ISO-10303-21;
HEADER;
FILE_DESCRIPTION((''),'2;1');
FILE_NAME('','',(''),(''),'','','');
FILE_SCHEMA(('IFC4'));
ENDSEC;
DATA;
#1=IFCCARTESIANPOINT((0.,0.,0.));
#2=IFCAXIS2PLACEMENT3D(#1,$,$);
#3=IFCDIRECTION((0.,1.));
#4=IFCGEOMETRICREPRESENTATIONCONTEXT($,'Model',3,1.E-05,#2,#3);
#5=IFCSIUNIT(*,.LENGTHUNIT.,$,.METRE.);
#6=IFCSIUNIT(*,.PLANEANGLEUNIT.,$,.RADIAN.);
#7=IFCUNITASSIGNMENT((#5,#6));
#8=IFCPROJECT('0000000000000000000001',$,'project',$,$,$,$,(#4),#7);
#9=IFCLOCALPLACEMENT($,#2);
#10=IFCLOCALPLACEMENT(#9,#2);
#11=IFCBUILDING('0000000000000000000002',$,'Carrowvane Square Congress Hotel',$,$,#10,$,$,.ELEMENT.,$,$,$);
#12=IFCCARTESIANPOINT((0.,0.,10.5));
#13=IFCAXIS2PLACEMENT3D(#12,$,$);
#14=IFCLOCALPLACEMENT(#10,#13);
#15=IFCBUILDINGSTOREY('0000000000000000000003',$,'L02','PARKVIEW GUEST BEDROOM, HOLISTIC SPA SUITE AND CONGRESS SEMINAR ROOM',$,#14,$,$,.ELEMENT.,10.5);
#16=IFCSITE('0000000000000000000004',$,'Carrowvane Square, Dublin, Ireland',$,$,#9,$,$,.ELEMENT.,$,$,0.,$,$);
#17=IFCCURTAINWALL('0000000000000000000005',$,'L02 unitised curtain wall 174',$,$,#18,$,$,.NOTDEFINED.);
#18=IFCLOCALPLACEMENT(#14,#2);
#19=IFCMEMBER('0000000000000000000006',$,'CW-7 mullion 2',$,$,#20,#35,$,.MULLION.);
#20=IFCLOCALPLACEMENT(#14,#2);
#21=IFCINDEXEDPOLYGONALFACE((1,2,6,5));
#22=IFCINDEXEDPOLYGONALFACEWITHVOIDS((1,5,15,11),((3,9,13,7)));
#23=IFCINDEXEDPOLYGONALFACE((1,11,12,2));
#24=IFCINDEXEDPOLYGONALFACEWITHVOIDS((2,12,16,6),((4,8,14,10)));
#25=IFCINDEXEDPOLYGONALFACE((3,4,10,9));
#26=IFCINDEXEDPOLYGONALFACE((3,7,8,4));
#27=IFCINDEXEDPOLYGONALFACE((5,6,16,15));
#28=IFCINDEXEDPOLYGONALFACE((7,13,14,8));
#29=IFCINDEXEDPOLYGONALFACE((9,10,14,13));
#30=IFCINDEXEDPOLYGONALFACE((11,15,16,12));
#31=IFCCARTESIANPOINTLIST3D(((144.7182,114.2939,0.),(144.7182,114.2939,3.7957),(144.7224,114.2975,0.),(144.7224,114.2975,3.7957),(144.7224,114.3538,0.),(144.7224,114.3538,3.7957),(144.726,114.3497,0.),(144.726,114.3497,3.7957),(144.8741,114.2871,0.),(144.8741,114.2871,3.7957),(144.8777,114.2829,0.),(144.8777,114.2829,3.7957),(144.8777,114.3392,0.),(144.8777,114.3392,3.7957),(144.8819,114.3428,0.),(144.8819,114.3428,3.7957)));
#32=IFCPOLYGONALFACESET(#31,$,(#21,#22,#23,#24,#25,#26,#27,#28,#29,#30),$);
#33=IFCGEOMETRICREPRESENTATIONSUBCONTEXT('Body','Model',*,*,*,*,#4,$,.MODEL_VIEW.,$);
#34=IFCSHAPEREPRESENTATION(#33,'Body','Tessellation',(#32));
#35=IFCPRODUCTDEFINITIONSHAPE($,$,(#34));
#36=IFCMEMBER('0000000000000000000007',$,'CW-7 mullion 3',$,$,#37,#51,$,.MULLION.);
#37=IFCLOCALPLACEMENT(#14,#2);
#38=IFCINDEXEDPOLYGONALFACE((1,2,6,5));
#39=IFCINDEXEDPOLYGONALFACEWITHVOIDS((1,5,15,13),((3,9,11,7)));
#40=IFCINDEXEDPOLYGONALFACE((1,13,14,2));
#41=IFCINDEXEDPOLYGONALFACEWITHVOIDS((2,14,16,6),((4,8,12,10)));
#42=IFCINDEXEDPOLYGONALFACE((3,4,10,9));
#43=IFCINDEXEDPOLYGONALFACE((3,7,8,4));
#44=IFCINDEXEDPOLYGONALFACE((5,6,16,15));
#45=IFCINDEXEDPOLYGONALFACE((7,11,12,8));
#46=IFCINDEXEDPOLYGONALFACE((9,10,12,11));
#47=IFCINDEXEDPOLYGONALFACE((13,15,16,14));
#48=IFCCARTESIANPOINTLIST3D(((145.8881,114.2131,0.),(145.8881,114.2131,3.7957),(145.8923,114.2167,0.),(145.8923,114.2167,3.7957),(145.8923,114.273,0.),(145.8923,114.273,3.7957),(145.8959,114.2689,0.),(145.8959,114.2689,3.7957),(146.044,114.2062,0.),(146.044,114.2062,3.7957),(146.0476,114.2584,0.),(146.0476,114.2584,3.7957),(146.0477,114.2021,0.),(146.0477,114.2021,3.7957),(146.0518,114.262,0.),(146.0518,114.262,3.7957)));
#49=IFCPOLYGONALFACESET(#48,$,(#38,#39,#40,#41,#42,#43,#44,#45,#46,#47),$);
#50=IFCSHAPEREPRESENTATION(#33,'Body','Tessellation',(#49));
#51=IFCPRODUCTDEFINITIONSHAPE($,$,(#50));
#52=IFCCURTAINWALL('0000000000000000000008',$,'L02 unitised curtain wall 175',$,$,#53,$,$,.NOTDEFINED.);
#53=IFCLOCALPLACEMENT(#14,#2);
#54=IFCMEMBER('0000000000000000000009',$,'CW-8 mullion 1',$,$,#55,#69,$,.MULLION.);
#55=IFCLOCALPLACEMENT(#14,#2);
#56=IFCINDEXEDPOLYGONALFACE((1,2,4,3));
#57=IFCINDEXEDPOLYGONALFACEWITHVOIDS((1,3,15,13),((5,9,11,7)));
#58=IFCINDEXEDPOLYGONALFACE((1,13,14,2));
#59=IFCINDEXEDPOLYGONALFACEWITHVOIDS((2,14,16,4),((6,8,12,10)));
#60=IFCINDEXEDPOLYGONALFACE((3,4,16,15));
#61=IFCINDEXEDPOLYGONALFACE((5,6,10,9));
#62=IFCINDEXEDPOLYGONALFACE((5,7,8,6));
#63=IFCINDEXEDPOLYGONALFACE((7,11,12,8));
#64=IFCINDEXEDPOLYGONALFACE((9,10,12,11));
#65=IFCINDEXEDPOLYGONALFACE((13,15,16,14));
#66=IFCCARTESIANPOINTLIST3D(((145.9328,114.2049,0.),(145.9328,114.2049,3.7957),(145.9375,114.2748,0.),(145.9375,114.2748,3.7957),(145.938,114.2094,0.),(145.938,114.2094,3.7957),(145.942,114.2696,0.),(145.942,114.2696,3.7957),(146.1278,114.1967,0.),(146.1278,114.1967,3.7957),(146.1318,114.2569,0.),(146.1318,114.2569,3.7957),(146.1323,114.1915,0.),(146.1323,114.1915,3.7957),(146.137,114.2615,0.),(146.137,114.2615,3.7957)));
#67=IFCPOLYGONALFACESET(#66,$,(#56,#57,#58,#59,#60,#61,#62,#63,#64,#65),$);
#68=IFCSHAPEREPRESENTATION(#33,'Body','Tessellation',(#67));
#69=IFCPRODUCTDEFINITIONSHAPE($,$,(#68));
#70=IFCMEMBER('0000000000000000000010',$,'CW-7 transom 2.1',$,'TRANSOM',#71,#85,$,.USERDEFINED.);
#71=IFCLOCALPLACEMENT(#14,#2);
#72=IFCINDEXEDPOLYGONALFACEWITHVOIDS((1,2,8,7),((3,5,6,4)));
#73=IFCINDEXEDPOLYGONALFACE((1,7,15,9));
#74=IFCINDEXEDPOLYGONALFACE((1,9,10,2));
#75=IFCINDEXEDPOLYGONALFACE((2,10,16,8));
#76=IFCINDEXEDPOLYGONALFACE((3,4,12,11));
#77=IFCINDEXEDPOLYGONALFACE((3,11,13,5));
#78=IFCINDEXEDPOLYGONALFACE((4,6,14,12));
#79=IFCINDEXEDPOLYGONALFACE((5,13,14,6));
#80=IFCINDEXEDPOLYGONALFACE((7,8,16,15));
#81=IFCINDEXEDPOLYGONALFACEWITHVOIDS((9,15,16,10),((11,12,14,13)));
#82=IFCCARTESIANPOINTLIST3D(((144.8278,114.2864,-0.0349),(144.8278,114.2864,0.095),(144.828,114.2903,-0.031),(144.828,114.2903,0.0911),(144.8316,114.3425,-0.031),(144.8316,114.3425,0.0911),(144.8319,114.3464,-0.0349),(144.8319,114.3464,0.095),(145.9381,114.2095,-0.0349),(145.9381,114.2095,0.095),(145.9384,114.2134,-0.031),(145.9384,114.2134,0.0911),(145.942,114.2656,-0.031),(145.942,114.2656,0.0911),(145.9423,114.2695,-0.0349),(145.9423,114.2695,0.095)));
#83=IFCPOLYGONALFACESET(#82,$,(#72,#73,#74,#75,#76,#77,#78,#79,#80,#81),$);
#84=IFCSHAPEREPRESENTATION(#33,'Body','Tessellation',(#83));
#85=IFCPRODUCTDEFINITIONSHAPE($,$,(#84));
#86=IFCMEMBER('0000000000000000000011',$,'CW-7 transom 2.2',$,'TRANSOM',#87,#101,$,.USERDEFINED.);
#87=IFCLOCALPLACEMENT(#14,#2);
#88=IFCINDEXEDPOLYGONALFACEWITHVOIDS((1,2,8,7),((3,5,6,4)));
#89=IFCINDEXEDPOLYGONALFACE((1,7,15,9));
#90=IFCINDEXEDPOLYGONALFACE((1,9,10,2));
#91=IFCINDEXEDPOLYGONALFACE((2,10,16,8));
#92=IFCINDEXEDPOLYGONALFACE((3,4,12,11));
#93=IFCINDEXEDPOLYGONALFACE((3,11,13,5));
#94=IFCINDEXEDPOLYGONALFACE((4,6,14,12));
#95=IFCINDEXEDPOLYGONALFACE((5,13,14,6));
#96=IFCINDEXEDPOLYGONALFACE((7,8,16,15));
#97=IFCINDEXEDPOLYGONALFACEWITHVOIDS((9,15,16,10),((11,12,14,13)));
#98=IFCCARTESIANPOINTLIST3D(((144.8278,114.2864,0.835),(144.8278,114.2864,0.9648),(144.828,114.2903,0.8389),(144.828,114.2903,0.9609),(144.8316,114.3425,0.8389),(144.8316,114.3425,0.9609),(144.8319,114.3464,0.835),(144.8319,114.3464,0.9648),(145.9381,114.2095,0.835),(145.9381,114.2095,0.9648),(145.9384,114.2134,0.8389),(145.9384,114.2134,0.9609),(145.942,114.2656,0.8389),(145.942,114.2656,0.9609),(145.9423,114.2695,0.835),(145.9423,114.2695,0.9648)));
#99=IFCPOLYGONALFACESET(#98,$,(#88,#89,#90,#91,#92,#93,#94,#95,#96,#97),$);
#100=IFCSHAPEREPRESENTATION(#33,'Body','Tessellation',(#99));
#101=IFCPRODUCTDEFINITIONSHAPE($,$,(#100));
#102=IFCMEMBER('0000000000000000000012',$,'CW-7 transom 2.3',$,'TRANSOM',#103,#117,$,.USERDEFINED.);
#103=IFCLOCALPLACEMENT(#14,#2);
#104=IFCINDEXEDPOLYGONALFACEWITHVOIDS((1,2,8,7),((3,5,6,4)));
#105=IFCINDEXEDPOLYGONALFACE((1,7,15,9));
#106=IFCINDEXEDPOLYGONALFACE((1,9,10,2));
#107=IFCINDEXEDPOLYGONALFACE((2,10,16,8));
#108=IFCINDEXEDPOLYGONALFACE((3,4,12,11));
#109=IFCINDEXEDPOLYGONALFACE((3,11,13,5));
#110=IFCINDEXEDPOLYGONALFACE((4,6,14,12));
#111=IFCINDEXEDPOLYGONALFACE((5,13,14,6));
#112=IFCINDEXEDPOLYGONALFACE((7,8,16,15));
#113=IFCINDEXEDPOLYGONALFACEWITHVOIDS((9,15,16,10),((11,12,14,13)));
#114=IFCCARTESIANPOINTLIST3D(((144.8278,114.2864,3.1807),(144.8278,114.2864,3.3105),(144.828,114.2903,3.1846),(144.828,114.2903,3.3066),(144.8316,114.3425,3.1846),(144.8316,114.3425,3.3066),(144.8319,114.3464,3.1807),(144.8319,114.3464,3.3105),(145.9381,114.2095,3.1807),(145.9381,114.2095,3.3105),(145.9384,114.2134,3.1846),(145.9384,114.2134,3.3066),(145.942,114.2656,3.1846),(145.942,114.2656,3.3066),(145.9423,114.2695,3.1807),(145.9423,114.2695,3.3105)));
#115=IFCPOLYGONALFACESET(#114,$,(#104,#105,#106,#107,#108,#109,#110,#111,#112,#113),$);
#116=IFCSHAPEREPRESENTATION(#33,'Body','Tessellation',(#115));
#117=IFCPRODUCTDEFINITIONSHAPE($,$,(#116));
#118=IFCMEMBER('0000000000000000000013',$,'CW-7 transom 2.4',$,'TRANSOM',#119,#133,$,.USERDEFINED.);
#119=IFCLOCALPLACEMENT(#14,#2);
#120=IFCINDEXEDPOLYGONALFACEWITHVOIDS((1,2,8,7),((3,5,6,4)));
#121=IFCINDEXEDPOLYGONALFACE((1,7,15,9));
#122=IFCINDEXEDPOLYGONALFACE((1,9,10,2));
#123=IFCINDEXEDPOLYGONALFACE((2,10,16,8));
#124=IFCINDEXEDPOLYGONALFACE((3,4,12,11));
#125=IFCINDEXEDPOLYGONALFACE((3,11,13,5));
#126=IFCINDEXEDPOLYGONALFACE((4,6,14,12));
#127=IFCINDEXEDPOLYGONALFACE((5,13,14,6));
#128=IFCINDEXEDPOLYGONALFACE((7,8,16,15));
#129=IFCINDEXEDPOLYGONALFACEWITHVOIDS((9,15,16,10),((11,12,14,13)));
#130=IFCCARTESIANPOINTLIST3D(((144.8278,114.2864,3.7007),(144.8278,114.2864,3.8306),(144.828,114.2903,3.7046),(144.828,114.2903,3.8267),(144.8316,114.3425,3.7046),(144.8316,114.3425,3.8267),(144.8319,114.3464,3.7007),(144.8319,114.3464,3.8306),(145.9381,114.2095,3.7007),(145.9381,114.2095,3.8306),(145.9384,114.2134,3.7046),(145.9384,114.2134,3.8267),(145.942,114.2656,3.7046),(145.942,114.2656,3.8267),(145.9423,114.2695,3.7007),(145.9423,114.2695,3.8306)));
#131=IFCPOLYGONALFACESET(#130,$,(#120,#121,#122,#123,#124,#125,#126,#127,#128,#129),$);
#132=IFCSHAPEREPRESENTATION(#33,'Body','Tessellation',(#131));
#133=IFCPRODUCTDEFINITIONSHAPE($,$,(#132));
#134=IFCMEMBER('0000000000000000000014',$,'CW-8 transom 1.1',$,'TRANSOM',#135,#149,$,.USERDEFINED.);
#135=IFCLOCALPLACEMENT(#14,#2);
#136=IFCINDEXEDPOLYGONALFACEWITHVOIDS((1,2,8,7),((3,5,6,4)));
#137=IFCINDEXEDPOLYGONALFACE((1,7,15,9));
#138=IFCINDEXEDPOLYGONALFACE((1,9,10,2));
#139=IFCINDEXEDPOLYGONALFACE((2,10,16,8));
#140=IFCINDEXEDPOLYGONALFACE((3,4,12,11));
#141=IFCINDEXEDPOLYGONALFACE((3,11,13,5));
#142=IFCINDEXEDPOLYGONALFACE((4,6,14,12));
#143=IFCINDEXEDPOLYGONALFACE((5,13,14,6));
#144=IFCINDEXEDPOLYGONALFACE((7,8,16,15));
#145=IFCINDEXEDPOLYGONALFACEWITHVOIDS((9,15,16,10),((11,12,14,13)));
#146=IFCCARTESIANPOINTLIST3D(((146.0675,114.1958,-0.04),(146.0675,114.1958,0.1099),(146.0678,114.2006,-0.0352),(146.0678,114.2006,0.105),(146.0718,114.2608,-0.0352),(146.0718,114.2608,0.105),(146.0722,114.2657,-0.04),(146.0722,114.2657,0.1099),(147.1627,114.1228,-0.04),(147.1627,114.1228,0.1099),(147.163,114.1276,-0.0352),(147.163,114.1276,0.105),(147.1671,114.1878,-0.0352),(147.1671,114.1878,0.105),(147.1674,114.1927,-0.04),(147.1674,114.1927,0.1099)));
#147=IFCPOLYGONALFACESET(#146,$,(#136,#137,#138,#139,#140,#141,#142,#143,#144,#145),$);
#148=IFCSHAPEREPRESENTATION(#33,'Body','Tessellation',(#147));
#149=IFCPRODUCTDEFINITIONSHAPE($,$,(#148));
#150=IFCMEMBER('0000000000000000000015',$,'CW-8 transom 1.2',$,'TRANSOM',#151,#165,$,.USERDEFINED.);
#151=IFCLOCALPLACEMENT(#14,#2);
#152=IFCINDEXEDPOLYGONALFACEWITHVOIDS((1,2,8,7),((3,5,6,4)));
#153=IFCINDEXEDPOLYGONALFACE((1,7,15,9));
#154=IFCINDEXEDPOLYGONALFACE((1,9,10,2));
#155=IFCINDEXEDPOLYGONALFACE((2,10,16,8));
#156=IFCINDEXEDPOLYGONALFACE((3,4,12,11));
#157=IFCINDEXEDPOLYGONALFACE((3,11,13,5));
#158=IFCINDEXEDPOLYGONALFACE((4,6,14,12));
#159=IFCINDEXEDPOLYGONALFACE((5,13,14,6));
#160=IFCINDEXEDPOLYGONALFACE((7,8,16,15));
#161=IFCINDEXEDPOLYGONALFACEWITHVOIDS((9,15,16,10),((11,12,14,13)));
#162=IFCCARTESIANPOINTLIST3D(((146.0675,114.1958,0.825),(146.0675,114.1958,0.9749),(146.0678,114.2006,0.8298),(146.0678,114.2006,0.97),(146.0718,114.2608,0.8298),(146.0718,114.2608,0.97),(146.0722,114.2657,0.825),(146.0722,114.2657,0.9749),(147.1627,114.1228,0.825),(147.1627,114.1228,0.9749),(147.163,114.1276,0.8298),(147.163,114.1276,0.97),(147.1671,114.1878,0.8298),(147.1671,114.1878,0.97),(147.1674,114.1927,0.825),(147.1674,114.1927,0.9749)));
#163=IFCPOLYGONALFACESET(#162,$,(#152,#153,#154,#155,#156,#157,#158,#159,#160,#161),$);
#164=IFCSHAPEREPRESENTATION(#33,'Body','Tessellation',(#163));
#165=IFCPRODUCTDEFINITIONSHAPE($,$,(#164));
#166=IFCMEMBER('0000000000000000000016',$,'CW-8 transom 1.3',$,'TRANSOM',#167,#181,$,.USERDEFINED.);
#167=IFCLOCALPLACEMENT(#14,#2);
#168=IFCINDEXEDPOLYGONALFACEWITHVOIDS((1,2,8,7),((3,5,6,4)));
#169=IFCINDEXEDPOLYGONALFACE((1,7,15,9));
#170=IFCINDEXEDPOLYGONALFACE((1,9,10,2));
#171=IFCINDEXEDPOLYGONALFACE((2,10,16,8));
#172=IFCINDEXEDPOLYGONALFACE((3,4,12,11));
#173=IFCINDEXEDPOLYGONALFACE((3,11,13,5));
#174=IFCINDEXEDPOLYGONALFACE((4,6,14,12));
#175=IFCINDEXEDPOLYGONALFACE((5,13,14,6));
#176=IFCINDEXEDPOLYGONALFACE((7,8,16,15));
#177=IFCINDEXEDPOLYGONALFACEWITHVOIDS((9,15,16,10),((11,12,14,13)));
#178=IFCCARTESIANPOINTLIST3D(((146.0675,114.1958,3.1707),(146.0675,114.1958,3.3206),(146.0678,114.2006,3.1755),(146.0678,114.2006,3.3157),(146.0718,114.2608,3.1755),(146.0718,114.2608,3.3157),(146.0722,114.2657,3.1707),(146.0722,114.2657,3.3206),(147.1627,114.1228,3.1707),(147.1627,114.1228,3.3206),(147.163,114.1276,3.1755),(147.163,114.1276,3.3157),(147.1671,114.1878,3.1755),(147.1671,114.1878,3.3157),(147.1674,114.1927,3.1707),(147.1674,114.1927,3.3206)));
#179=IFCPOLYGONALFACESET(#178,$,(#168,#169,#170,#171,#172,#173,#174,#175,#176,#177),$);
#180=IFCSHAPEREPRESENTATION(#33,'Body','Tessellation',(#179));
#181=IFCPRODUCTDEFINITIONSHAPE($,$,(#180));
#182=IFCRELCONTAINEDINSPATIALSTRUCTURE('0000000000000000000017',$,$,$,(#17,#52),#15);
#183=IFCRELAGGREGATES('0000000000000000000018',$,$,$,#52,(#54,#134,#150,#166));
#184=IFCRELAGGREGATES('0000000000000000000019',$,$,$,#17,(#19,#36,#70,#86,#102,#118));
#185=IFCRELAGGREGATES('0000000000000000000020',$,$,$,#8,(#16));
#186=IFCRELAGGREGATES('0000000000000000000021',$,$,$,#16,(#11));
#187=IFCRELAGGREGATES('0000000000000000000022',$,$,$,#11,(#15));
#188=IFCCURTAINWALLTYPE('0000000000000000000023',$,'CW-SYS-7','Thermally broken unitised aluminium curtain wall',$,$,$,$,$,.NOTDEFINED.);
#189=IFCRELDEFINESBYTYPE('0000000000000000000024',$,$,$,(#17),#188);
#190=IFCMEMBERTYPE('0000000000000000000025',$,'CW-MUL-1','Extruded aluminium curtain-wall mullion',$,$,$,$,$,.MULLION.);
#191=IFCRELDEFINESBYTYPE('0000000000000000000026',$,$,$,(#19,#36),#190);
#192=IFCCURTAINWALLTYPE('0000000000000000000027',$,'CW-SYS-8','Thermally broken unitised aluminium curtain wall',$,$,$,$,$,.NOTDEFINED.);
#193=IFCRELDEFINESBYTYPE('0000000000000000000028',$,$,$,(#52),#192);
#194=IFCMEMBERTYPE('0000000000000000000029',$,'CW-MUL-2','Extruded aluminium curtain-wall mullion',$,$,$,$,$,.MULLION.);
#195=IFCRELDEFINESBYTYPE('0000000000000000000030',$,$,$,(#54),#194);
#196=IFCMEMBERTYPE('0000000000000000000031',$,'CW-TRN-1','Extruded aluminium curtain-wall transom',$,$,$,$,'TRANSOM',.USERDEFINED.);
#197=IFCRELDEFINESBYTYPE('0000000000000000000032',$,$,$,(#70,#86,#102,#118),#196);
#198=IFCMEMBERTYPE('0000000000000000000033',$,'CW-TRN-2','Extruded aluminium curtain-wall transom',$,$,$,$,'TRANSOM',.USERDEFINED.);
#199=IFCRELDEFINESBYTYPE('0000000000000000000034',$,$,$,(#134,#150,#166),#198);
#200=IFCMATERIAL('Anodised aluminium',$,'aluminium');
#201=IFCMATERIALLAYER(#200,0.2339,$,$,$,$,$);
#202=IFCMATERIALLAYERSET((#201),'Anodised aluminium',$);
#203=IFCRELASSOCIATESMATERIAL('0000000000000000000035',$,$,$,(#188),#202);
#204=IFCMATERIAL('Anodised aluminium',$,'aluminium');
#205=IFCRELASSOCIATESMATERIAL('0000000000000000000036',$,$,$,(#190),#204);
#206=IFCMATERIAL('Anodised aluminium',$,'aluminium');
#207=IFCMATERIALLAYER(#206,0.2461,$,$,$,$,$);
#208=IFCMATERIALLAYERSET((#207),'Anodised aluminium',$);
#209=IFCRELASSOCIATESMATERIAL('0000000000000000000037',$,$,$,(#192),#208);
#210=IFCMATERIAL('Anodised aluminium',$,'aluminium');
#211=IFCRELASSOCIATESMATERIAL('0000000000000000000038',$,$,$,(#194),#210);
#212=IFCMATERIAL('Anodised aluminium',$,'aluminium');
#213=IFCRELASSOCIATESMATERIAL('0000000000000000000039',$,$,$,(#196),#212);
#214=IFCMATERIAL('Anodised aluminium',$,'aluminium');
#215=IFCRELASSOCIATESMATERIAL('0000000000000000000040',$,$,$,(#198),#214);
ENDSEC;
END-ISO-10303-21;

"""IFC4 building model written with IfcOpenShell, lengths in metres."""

from ifc_helpers import new_model, si_unit, direction, frame, origin, origin_2d, place, context, subcontext, project, spatial, hollow_rectangle, extrude, material, layer, layer_set, material_profile, profile_set, type_object, element, aggregate, save


model = new_model("IFC4")

# Units and contexts
model_context = context("Model", 3, precision=1e-05, world=origin(), true_north=direction((0.0, 1.0)))
body_context = subcontext(model_context, "Body", "Model", "MODEL_VIEW")
ifc_project = project(units=[si_unit("LENGTHUNIT", "METRE"), si_unit("PLANEANGLEUNIT", "RADIAN")], contexts=[model_context])

# Site, building, storey
site_placement = place(None, origin())
site = spatial("IfcSite", under=ifc_project, at=site_placement, Name="Carrowvane Square, Dublin, Ireland", CompositionType="ELEMENT", RefElevation=0.0)
building_placement = place(site_placement, origin())
building = spatial("IfcBuilding", under=site, at=building_placement, Name="Carrowvane Square Congress Hotel", CompositionType="ELEMENT")
storey_placement = place(building_placement, frame((0.0, 0.0, 10.5)))
storey = spatial("IfcBuildingStorey", under=building, at=storey_placement, Name="L02", Description="PARKVIEW GUEST BEDROOM, HOLISTIC SPA SUITE AND CONGRESS SEMINAR ROOM", CompositionType="ELEMENT", Elevation=10.5)

# Curtain wall, members
ifc_material_1 = material(Name="Anodised aluminium", Category="aluminium")
ifc_layer_1 = layer(ifc_material_1, 0.2339)
ifc_layer_set_1 = layer_set([ifc_layer_1], Name="Anodised aluminium")
curtain_wall_type_1 = type_object("IfcCurtainWallType", Name="CW-SYS-7", Description="Thermally broken unitised aluminium curtain wall", PredefinedType="NOTDEFINED", material=ifc_layer_set_1)
curtain_wall_1_placement = place(storey_placement, origin())
curtain_wall_1 = element("IfcCurtainWall", 1, at=curtain_wall_1_placement, inside=storey, type_object=curtain_wall_type_1, Name="L02 unitised curtain wall 174", PredefinedType="NOTDEFINED")
ifc_material_2 = material(Name="Anodised aluminium", Category="aluminium")
ifc_material_profile_1 = material_profile(ifc_material_2, hollow_rectangle(XDim=0.0601, YDim=0.1599, WallThickness=0.0039, at=origin_2d()), Name="CW-ML 60x160x4")
ifc_profile_set_1 = profile_set([ifc_material_profile_1], Name="Anodised aluminium")
member_type_1 = type_object("IfcMemberType", Name="CW-MUL-1", Description="Extruded aluminium curtain-wall mullion", PredefinedType="MULLION", material=ifc_profile_set_1)
member_1_placement = place(storey_placement, frame((144.8, 114.3184, 0.0), z_axis=(0.0, 0.0, 1.0), x_axis=(0.068986, 0.997618, 0.0)))
member_1 = element("IfcMember", 2, at=member_1_placement, type_object=member_type_1, Name="CW-7 mullion 2", PredefinedType="MULLION", context=body_context, shape_type="SweptSolid", body=[
    extrude(hollow_rectangle(XDim=0.0601, YDim=0.1599, WallThickness=0.0039, at=origin_2d()), origin(), (0.0, 0.0, 1.0), 3.7957),
])
member_2_placement = place(storey_placement, frame((145.97, 114.2375, 0.0), z_axis=(0.0, 0.0, 1.0), x_axis=(0.068986, 0.997618, 0.0)))
member_2 = element("IfcMember", 3, at=member_2_placement, type_object=member_type_1, Name="CW-7 mullion 3", PredefinedType="MULLION", context=body_context, shape_type="SweptSolid", body=[
    extrude(hollow_rectangle(XDim=0.0601, YDim=0.1599, WallThickness=0.0039, at=origin_2d()), origin(), (0.0, 0.0, 1.0), 3.7957),
])

# Curtain wall, member
ifc_material_3 = material(Name="Anodised aluminium", Category="aluminium")
ifc_layer_2 = layer(ifc_material_3, 0.2461)
ifc_layer_set_2 = layer_set([ifc_layer_2], Name="Anodised aluminium")
curtain_wall_type_2 = type_object("IfcCurtainWallType", Name="CW-SYS-8", Description="Thermally broken unitised aluminium curtain wall", PredefinedType="NOTDEFINED", material=ifc_layer_set_2)
curtain_wall_2_placement = place(storey_placement, origin())
curtain_wall_2 = element("IfcCurtainWall", 4, at=curtain_wall_2_placement, inside=storey, type_object=curtain_wall_type_2, Name="L02 unitised curtain wall 175", PredefinedType="NOTDEFINED")
ifc_material_4 = material(Name="Anodised aluminium", Category="aluminium")
ifc_material_profile_2 = material_profile(ifc_material_4, hollow_rectangle(XDim=0.0701, YDim=0.2, WallThickness=0.0049, at=origin_2d()), Name="CW-ML 70x200x5")
ifc_profile_set_2 = profile_set([ifc_material_profile_2], Name="Anodised aluminium")
member_type_2 = type_object("IfcMemberType", Name="CW-MUL-2", Description="Extruded aluminium curtain-wall mullion", PredefinedType="MULLION", material=ifc_profile_set_2)
member_3_placement = place(storey_placement, frame((146.0349, 114.2332, 0.0), z_axis=(0.0, 0.0, 1.0), x_axis=(0.066574, 0.997781, 0.0)))
member_3 = element("IfcMember", 5, at=member_3_placement, type_object=member_type_2, Name="CW-8 mullion 1", PredefinedType="MULLION", context=body_context, shape_type="SweptSolid", body=[
    extrude(hollow_rectangle(XDim=0.0701, YDim=0.2, WallThickness=0.0049, at=origin_2d()), origin(), (0.0, 0.0, 1.0), 3.7957),
])

# Members
ifc_material_5 = material(Name="Anodised aluminium", Category="aluminium")
ifc_material_profile_3 = material_profile(ifc_material_5, hollow_rectangle(XDim=0.0601, YDim=0.1299, WallThickness=0.0039, at=origin_2d()), Name="CW-TR 60x130x4")
ifc_profile_set_3 = profile_set([ifc_material_profile_3], Name="Anodised aluminium")
member_type_3 = type_object("IfcMemberType", Name="CW-TRN-1", Description="Extruded aluminium curtain-wall transom", ElementType="TRANSOM", PredefinedType="USERDEFINED", material=ifc_profile_set_3)
member_4_placement = place(storey_placement, frame((144.8298, 114.3164, 0.03), z_axis=(0.99761, -0.069096, 0.0), x_axis=(0.069096, 0.99761, 0.0)))
member_4 = element("IfcMember", 6, at=member_4_placement, type_object=member_type_3, Name="CW-7 transom 2.1", ObjectType="TRANSOM", PredefinedType="USERDEFINED", context=body_context, shape_type="SweptSolid", body=[
    extrude(hollow_rectangle(XDim=0.0601, YDim=0.1299, WallThickness=0.0039, at=origin_2d()), origin(), (0.0, 0.0, 1.0), 1.113),
])
member_5_placement = place(storey_placement, frame((144.8298, 114.3164, 0.8999), z_axis=(0.99761, -0.069096, 0.0), x_axis=(0.069096, 0.99761, 0.0)))
member_5 = element("IfcMember", 7, at=member_5_placement, type_object=member_type_3, Name="CW-7 transom 2.2", ObjectType="TRANSOM", PredefinedType="USERDEFINED", context=body_context, shape_type="SweptSolid", body=[
    extrude(hollow_rectangle(XDim=0.0601, YDim=0.1299, WallThickness=0.0039, at=origin_2d()), origin(), (0.0, 0.0, 1.0), 1.113),
])
member_6_placement = place(storey_placement, frame((144.8298, 114.3164, 3.2456), z_axis=(0.99761, -0.069096, 0.0), x_axis=(0.069096, 0.99761, 0.0)))
member_6 = element("IfcMember", 8, at=member_6_placement, type_object=member_type_3, Name="CW-7 transom 2.3", ObjectType="TRANSOM", PredefinedType="USERDEFINED", context=body_context, shape_type="SweptSolid", body=[
    extrude(hollow_rectangle(XDim=0.0601, YDim=0.1299, WallThickness=0.0039, at=origin_2d()), origin(), (0.0, 0.0, 1.0), 1.113),
])
member_7_placement = place(storey_placement, frame((144.8298, 114.3164, 3.7656), z_axis=(0.99761, -0.069096, 0.0), x_axis=(0.069096, 0.99761, 0.0)))
member_7 = element("IfcMember", 9, at=member_7_placement, type_object=member_type_3, Name="CW-7 transom 2.4", ObjectType="TRANSOM", PredefinedType="USERDEFINED", context=body_context, shape_type="SweptSolid", body=[
    extrude(hollow_rectangle(XDim=0.0601, YDim=0.1299, WallThickness=0.0039, at=origin_2d()), origin(), (0.0, 0.0, 1.0), 1.113),
])
ifc_material_6 = material(Name="Anodised aluminium", Category="aluminium")
ifc_material_profile_4 = material_profile(ifc_material_6, hollow_rectangle(XDim=0.0701, YDim=0.1499, WallThickness=0.0049, at=origin_2d()), Name="CW-TR 70x150x5")
ifc_profile_set_4 = profile_set([ifc_material_profile_4], Name="Anodised aluminium")
member_type_4 = type_object("IfcMemberType", Name="CW-TRN-2", Description="Extruded aluminium curtain-wall transom", ElementType="TRANSOM", PredefinedType="USERDEFINED", material=ifc_profile_set_4)
member_8_placement = place(storey_placement, frame((146.0698, 114.2307, 0.0349), z_axis=(0.997786, -0.066504, 0.0), x_axis=(0.066504, 0.997786, 0.0)))
member_8 = element("IfcMember", 10, at=member_8_placement, type_object=member_type_4, Name="CW-8 transom 1.1", ObjectType="TRANSOM", PredefinedType="USERDEFINED", context=body_context, shape_type="SweptSolid", body=[
    extrude(hollow_rectangle(XDim=0.0701, YDim=0.1499, WallThickness=0.0049, at=origin_2d()), origin(), (0.0, 0.0, 1.0), 1.0977),
])
member_9_placement = place(storey_placement, frame((146.0698, 114.2307, 0.8999), z_axis=(0.997786, -0.066504, 0.0), x_axis=(0.066504, 0.997786, 0.0)))
member_9 = element("IfcMember", 11, at=member_9_placement, type_object=member_type_4, Name="CW-8 transom 1.2", ObjectType="TRANSOM", PredefinedType="USERDEFINED", context=body_context, shape_type="SweptSolid", body=[
    extrude(hollow_rectangle(XDim=0.0701, YDim=0.1499, WallThickness=0.0049, at=origin_2d()), origin(), (0.0, 0.0, 1.0), 1.0977),
])
member_10_placement = place(storey_placement, frame((146.0698, 114.2307, 3.2456), z_axis=(0.997786, -0.066504, 0.0), x_axis=(0.066504, 0.997786, 0.0)))
member_10 = element("IfcMember", 12, at=member_10_placement, type_object=member_type_4, Name="CW-8 transom 1.3", ObjectType="TRANSOM", PredefinedType="USERDEFINED", context=body_context, shape_type="SweptSolid", body=[
    extrude(hollow_rectangle(XDim=0.0701, YDim=0.1499, WallThickness=0.0049, at=origin_2d()), origin(), (0.0, 0.0, 1.0), 1.0977),
])

aggregate(curtain_wall_2, [member_3, member_8, member_9, member_10])
aggregate(curtain_wall_1, [member_1, member_2, member_4, member_5, member_6, member_7])

save(model, "model.ifc")
